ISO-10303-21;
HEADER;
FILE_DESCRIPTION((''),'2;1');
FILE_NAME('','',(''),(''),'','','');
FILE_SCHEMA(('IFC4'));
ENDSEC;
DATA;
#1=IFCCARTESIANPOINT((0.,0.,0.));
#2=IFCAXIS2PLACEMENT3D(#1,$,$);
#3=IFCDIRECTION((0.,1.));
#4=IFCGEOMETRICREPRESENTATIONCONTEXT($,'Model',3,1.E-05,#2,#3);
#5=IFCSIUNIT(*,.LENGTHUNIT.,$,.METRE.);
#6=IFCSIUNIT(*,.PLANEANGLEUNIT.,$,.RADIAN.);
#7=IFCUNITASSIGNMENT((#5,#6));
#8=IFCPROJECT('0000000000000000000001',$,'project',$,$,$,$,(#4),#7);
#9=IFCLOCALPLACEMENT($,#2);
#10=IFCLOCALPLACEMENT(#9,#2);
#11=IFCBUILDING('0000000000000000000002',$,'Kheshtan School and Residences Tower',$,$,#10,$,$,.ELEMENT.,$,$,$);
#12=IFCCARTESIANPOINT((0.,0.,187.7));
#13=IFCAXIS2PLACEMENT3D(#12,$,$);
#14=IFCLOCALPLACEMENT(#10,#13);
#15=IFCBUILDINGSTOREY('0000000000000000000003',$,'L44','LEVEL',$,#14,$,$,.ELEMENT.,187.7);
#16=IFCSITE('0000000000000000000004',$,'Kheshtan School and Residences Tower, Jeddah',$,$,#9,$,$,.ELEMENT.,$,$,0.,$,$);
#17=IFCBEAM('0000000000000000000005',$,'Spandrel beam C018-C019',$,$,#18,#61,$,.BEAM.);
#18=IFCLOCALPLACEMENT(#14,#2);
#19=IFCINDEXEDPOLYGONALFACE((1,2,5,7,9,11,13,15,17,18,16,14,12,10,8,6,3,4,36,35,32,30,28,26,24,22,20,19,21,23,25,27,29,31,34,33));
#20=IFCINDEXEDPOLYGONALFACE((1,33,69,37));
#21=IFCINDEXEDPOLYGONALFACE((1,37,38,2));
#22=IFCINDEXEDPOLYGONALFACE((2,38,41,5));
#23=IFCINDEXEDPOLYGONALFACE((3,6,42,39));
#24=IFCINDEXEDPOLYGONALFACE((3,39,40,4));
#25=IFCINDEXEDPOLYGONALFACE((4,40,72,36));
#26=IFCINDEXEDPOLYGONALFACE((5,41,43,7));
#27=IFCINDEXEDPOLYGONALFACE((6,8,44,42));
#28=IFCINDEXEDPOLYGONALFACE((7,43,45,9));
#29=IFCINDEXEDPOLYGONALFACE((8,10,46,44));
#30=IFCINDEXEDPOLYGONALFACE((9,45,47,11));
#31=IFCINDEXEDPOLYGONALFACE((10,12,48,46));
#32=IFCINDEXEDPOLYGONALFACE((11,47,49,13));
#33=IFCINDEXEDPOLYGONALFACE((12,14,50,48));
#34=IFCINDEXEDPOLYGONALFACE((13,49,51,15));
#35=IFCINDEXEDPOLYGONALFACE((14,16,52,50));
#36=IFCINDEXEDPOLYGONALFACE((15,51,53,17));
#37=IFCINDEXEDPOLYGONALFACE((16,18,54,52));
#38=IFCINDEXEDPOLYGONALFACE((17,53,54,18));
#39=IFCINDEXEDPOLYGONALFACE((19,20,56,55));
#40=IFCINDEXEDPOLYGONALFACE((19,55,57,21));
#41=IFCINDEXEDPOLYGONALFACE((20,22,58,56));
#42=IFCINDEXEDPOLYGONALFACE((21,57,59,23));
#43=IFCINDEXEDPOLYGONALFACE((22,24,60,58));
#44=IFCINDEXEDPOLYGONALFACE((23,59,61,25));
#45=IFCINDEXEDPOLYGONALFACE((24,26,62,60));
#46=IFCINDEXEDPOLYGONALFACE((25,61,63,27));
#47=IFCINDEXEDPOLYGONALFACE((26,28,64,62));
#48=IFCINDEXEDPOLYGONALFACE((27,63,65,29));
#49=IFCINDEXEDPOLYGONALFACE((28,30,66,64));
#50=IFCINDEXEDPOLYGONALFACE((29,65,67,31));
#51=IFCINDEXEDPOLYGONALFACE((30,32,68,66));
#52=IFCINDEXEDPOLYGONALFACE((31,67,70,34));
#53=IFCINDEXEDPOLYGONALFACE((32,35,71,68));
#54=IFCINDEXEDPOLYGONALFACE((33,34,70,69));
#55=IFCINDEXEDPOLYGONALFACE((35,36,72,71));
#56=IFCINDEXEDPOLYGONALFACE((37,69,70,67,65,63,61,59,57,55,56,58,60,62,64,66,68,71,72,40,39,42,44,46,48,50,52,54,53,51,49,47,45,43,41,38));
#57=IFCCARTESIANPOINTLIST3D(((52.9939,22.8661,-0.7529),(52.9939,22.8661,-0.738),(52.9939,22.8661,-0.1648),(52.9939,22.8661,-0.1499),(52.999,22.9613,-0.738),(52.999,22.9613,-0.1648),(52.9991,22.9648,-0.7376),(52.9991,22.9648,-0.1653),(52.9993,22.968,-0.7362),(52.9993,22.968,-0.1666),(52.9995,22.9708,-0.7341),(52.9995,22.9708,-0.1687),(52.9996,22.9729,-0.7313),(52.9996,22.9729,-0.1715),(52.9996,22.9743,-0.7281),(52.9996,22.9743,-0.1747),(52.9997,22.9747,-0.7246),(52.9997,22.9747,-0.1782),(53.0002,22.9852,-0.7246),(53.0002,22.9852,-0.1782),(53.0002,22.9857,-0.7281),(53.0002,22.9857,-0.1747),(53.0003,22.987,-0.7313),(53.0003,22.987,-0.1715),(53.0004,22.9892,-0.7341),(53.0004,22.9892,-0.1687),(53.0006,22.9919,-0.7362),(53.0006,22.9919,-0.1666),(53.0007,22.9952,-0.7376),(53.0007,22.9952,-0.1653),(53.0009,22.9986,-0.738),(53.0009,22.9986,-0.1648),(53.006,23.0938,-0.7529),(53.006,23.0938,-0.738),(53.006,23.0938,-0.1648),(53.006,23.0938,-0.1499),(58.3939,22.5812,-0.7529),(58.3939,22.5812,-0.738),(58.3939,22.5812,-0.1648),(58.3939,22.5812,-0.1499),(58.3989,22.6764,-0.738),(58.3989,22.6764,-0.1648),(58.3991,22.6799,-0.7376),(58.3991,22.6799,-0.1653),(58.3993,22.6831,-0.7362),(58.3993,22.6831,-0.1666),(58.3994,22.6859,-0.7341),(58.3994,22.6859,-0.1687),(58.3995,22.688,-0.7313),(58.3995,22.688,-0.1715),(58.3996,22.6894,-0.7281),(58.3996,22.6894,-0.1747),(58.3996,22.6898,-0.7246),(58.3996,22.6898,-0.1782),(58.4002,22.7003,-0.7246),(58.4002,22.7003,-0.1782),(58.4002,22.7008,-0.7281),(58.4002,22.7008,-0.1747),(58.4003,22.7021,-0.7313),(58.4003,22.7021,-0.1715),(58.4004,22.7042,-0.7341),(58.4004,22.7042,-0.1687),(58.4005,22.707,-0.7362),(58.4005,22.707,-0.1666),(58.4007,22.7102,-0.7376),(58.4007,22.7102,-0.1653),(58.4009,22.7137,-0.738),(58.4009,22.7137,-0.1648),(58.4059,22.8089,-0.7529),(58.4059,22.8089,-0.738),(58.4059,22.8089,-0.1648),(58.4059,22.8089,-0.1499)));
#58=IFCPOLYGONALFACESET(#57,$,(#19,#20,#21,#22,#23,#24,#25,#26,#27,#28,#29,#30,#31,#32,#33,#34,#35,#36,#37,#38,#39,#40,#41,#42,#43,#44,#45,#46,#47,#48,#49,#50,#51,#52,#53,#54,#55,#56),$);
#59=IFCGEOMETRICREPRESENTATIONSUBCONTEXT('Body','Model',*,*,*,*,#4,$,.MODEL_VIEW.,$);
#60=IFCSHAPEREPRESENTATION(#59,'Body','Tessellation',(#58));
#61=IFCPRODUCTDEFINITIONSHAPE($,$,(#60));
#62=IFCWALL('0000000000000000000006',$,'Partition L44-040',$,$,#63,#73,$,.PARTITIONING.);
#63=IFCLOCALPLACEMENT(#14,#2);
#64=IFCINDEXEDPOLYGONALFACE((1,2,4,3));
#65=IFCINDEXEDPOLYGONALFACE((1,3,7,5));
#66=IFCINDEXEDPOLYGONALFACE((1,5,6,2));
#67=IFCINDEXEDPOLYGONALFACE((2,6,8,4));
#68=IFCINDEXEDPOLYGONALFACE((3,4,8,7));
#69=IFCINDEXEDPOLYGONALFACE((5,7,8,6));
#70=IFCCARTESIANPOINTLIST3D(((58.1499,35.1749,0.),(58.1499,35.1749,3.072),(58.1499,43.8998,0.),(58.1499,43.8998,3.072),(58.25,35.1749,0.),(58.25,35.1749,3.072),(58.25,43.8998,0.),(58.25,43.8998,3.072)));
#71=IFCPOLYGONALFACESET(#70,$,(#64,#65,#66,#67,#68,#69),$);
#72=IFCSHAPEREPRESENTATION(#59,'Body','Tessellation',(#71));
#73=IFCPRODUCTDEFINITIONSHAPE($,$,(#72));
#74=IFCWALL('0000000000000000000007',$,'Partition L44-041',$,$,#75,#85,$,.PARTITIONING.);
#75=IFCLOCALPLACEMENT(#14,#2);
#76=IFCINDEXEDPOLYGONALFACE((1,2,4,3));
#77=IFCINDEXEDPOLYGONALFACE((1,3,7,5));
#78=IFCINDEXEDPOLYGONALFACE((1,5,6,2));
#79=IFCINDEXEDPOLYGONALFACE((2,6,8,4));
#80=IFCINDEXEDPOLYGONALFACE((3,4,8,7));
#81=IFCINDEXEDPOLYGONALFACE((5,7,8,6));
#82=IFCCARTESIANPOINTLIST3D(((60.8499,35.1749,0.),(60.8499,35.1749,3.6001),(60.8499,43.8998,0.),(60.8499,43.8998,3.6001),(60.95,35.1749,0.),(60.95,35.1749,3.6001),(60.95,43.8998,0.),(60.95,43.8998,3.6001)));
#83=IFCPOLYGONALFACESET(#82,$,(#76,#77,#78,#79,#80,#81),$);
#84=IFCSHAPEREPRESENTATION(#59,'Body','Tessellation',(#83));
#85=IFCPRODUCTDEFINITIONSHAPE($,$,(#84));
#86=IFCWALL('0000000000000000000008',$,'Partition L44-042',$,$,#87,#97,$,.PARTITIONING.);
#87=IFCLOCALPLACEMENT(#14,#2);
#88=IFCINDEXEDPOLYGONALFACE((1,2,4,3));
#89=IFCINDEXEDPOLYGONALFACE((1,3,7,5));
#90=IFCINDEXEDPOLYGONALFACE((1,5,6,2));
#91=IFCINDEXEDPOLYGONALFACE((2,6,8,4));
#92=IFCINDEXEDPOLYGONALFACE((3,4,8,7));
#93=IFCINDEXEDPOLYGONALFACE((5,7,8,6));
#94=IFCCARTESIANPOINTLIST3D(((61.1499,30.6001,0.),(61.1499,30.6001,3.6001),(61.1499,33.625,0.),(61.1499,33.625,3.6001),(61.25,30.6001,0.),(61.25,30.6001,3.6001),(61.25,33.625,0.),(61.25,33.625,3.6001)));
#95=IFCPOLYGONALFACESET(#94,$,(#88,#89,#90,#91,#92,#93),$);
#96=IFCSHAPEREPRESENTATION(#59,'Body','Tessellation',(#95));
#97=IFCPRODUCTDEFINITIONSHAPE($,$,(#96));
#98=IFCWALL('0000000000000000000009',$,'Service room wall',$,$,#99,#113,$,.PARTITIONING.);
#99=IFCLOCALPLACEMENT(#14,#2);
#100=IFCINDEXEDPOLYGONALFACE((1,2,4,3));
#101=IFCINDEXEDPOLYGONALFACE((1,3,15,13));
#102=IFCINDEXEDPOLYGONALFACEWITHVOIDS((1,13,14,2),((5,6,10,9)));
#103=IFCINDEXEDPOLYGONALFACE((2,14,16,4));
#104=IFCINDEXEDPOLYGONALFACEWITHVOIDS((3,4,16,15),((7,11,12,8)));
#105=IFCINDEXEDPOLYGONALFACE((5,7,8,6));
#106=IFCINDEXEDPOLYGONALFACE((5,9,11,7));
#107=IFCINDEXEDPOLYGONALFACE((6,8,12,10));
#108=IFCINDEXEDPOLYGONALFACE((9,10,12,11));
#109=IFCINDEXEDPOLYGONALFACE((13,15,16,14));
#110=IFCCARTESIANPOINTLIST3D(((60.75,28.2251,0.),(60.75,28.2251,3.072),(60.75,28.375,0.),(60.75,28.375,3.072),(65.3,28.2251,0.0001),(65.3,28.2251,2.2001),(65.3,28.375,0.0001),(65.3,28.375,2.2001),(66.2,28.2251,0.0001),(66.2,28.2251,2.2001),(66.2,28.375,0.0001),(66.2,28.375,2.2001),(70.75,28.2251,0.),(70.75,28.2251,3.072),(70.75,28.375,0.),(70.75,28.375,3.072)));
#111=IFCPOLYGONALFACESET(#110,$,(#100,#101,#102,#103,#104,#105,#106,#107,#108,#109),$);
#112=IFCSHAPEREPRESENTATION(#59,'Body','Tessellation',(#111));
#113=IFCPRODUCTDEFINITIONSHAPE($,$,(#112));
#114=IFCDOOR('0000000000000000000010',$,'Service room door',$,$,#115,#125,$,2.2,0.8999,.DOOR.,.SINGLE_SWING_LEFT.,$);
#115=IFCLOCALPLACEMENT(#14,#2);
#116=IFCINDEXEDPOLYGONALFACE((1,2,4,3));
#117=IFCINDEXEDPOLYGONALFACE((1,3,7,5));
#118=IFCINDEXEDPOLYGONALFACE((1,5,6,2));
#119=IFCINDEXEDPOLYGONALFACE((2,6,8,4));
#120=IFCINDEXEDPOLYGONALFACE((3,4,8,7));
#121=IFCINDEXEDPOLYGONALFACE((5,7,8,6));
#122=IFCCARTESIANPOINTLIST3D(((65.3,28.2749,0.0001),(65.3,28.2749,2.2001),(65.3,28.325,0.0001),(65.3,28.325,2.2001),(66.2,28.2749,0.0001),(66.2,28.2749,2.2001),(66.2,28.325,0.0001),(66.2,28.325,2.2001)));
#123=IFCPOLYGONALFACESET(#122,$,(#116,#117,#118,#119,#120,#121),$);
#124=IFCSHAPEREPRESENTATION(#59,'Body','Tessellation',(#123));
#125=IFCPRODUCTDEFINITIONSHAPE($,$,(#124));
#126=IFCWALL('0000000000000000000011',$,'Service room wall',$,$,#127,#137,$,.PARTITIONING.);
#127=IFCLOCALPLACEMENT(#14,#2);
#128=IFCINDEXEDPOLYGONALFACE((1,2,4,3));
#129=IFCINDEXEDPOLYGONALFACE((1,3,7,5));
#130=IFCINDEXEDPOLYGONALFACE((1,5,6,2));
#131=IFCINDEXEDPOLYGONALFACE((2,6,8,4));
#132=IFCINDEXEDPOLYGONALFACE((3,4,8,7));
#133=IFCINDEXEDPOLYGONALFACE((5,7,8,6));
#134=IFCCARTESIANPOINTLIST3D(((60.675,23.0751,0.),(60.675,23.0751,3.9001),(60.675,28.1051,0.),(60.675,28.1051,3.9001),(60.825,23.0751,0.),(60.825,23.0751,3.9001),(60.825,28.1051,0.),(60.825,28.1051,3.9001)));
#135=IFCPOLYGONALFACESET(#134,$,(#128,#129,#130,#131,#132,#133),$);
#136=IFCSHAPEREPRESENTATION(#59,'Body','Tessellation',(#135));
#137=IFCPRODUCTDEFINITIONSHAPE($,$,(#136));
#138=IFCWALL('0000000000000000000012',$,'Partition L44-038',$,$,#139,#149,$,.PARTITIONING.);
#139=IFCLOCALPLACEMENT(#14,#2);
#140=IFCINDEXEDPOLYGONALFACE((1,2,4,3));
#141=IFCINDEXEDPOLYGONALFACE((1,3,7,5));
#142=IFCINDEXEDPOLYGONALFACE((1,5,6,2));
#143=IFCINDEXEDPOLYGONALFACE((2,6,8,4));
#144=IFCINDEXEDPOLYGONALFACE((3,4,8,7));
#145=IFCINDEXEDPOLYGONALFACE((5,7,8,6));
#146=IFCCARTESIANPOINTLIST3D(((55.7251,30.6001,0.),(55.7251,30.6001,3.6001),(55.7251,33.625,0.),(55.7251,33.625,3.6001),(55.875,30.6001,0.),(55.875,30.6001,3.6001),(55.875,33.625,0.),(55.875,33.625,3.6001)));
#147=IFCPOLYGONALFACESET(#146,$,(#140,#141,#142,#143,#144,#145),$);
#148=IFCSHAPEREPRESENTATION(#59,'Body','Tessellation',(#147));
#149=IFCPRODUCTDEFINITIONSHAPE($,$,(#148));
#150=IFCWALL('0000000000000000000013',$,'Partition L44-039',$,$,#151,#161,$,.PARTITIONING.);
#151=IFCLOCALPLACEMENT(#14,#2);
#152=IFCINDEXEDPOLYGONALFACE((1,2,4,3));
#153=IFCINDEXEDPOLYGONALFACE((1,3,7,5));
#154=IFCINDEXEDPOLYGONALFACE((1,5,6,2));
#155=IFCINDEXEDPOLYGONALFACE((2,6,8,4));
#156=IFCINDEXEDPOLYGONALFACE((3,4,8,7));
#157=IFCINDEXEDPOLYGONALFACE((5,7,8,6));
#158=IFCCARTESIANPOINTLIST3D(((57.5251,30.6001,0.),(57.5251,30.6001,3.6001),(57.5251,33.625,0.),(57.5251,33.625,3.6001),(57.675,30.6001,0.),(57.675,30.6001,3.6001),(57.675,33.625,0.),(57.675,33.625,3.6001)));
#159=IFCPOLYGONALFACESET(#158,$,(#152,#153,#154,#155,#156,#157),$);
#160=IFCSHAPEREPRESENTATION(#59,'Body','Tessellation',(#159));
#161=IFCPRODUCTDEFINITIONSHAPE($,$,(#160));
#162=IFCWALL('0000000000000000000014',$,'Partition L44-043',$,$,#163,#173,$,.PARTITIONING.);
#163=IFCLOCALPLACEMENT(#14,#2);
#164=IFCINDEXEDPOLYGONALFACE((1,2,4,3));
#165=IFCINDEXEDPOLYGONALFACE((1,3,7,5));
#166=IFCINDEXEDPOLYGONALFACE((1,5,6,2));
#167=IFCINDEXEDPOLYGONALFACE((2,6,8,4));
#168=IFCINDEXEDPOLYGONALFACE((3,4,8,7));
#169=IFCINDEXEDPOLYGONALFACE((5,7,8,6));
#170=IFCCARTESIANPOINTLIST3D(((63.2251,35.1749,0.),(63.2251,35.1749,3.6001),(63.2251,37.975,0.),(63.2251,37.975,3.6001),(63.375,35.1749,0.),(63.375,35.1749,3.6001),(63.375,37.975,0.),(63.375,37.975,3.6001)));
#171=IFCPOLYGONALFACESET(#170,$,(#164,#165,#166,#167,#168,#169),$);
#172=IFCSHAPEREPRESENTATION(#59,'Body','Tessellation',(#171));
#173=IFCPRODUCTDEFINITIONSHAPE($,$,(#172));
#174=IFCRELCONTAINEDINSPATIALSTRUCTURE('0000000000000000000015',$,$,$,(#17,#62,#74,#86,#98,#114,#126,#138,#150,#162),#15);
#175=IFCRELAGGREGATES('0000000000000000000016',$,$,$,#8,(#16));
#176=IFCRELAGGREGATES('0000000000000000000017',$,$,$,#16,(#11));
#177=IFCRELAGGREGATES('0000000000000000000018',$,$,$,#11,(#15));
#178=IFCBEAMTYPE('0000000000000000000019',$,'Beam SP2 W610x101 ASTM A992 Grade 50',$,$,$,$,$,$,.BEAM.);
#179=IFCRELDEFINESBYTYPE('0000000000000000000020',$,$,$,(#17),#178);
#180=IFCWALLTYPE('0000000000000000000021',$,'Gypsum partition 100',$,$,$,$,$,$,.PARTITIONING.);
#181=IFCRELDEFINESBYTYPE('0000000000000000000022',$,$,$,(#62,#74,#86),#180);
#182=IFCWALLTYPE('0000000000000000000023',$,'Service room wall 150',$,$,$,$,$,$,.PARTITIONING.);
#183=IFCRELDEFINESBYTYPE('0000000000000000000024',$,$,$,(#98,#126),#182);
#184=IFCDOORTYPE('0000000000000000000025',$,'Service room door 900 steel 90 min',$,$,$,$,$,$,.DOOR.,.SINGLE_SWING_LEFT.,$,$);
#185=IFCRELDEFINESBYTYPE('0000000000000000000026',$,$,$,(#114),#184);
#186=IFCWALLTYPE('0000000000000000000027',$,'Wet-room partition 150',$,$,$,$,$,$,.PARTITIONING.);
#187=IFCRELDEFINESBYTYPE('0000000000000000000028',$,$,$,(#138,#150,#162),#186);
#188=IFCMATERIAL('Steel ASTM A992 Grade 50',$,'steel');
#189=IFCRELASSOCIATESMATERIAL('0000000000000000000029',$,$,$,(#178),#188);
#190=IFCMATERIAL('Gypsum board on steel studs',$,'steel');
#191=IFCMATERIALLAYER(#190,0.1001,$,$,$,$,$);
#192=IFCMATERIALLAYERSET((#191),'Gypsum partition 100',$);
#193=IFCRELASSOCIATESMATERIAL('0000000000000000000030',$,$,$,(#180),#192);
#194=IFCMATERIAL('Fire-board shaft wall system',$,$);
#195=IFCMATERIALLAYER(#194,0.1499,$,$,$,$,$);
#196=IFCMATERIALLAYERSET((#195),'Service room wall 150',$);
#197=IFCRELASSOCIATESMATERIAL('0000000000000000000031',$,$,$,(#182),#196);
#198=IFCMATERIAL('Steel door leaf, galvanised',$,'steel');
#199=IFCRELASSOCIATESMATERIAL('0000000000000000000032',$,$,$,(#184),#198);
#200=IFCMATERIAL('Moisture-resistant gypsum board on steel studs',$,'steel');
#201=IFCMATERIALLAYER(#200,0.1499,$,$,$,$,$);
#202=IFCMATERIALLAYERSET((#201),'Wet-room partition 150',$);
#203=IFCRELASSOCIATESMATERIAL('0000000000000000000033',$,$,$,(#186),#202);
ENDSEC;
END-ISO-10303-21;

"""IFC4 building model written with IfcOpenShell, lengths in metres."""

from ifc_helpers import new_model, si_unit, direction, frame, frame_2d, origin, origin_2d, place, context, subcontext, project, spatial, rectangle, i_section, extrude, source, transform, mapped, material, layer, layer_set, material_profile, profile_set, type_object, element, fill, save


model = new_model("IFC4")

# Units and contexts
model_context = context("Model", 3, precision=1e-05, world=origin(), true_north=direction((0.0, 1.0)))
body_context = subcontext(model_context, "Body", "Model", "MODEL_VIEW")
ifc_project = project(units=[si_unit("LENGTHUNIT", "METRE"), si_unit("PLANEANGLEUNIT", "RADIAN")], contexts=[model_context])

# Site, building, storey
site_placement = place(None, origin())
site = spatial("IfcSite", under=ifc_project, at=site_placement, Name="Kheshtan School and Residences Tower, Jeddah", CompositionType="ELEMENT", RefElevation=0.0)
building_placement = place(site_placement, origin())
building = spatial("IfcBuilding", under=site, at=building_placement, Name="Kheshtan School and Residences Tower", CompositionType="ELEMENT")
storey_placement = place(building_placement, frame((0.0, 0.0, 187.7)))
storey = spatial("IfcBuildingStorey", under=building, at=storey_placement, Name="L44", Description="LEVEL", CompositionType="ELEMENT", Elevation=187.7)

# Shared definitions
ifc_material_1 = material(Name="Steel ASTM A992 Grade 50", Category="steel")

# Beam
ifc_material_profile_1 = material_profile(ifc_material_1, i_section(OverallWidth=0.228, OverallDepth=0.603, WebThickness=0.0105, FlangeThickness=0.0149, FilletRadius=0.0134, at=origin_2d()), Name="W610x101")
ifc_profile_set_1 = profile_set([ifc_material_profile_1], Name="Steel ASTM A992 Grade 50")
beam_type_1 = type_object("IfcBeamType", Name="Beam SP2 W610x101 ASTM A992 Grade 50", PredefinedType="BEAM", material=ifc_profile_set_1)
beam_1_placement = place(storey_placement, frame((58.3999, 22.6951, -0.4514), z_axis=(-0.998611, 0.052689, 0.0), x_axis=(-0.052689, -0.998611, 0.0)))
element("IfcBeam", 1, at=beam_1_placement, inside=storey, type_object=beam_type_1, Name="Spandrel beam C018-C019", PredefinedType="BEAM", context=body_context, shape_type="SweptSolid", body=[
    extrude(i_section(OverallWidth=0.228, OverallDepth=0.603, WebThickness=0.0105, FlangeThickness=0.0149, FilletRadius=0.0134, at=origin_2d()), origin(), (0.0, 0.0, 1.0), 5.4075),
])

# Walls
ifc_material_2 = material(Name="Gypsum board on steel studs", Category="steel")
ifc_layer_1 = layer(ifc_material_2, 0.1001)
ifc_layer_set_1 = layer_set([ifc_layer_1], Name="Gypsum partition 100")
wall_type_1 = type_object("IfcWallType", Name="Gypsum partition 100", PredefinedType="PARTITIONING", material=ifc_layer_set_1)
wall_1_placement = place(storey_placement, frame((58.2, 35.175, 0.0), z_axis=(0.0, 0.0, 1.0), x_axis=(0.0, 1.0, 0.0)))
element("IfcWall", 2, at=wall_1_placement, inside=storey, type_object=wall_type_1, Name="Partition L44-040", PredefinedType="PARTITIONING", context=body_context, shape_type="SweptSolid", body=[
    extrude(rectangle(XDim=8.7249, YDim=0.1001, at=frame_2d((4.3623, 0.0))), origin(), (0.0, 0.0, 1.0), 3.072),
])
wall_2_placement = place(storey_placement, frame((60.8999, 35.175, 0.0), z_axis=(0.0, 0.0, 1.0), x_axis=(0.0, 1.0, 0.0)))
element("IfcWall", 3, at=wall_2_placement, inside=storey, type_object=wall_type_1, Name="Partition L44-041", PredefinedType="PARTITIONING", context=body_context, shape_type="SweptSolid", body=[
    extrude(rectangle(XDim=8.7249, YDim=0.1001, at=frame_2d((4.3623, 0.0))), origin(), (0.0, 0.0, 1.0), 3.6001),
])
wall_3_placement = place(storey_placement, frame((61.2, 30.6001, 0.0), z_axis=(0.0, 0.0, 1.0), x_axis=(0.0, 1.0, 0.0)))
element("IfcWall", 4, at=wall_3_placement, inside=storey, type_object=wall_type_1, Name="Partition L44-042", PredefinedType="PARTITIONING", context=body_context, shape_type="SweptSolid", body=[
    extrude(rectangle(XDim=3.0249, YDim=0.1001, at=frame_2d((1.5125, 0.0))), origin(), (0.0, 0.0, 1.0), 3.6001),
])

# Wall, opening, door
ifc_material_3 = material(Name="Fire-board shaft wall system")
ifc_layer_2 = layer(ifc_material_3, 0.1499)
ifc_layer_set_2 = layer_set([ifc_layer_2], Name="Service room wall 150")
wall_type_2 = type_object("IfcWallType", Name="Service room wall 150", PredefinedType="PARTITIONING", material=ifc_layer_set_2)
wall_4_placement = place(storey_placement, frame((60.75, 28.3, 0.0), z_axis=(0.0, 0.0, 1.0), x_axis=(1.0, 0.0, 0.0)))
wall_4 = element("IfcWall", 5, at=wall_4_placement, inside=storey, type_object=wall_type_2, Name="Service room wall", PredefinedType="PARTITIONING", context=body_context, shape_type="SweptSolid", body=[
    extrude(rectangle(XDim=10.0, YDim=0.1499, at=frame_2d((5.0, 0.0))), origin(), (0.0, 0.0, 1.0), 3.072),
])
opening_placement = place(wall_4_placement, frame((4.55, 0.0, 0.0)))
opening = element("IfcOpeningElement", 6, at=opening_placement, cuts=wall_4, PredefinedType="OPENING", context=body_context, shape_type="SweptSolid", body=[
    extrude(rectangle(XDim=0.8999, YDim=2.2, at=frame_2d((0.45, 1.1001))), frame((0.0, 0.085, 0.0), z_axis=(0.0, -1.0, 0.0), x_axis=(1.0, 0.0, 0.0)), (0.0, 0.0, 1.0), 0.1699),
])
ifc_material_4 = material(Name="Steel door leaf, galvanised", Category="steel")
door_type = type_object("IfcDoorType", Name="Service room door 900 steel 90 min", OperationType="SINGLE_SWING_LEFT", PredefinedType="DOOR", material=ifc_material_4)
shared_shape = source(origin(), body_context, "Body", "SweptSolid", [
    extrude(rectangle(XDim=0.8999, YDim=2.2, at=frame_2d((0.45, 1.1001))), frame((0.0, 0.0249, 0.0), z_axis=(0.0, -1.0, 0.0), x_axis=(1.0, 0.0, 0.0)), (0.0, 0.0, 1.0), 0.05),
])
door_placement = place(opening_placement, origin())
door = element("IfcDoor", 7, at=door_placement, inside=storey, type_object=door_type, Name="Service room door", OperationType="SINGLE_SWING_LEFT", OverallHeight=2.2, OverallWidth=0.8999, PredefinedType="DOOR", context=body_context, shape_type="MappedRepresentation", body=[
    mapped(shared_shape, transform((0.0, 0.0, 0.0), x_axis=(1.0, 0.0, 0.0), y_axis=(0.0, 1.0, 0.0), z_axis=(0.0, 0.0, 1.0), scale=1.0)),
])
fill(opening, door)

# Walls
wall_5_placement = place(storey_placement, frame((60.75, 23.075, 0.0), z_axis=(0.0, 0.0, 1.0), x_axis=(0.0, 1.0, 0.0)))
element("IfcWall", 8, at=wall_5_placement, inside=storey, type_object=wall_type_2, Name="Service room wall", PredefinedType="PARTITIONING", context=body_context, shape_type="SweptSolid", body=[
    extrude(rectangle(XDim=5.03, YDim=0.1499, at=frame_2d((2.5151, 0.0))), origin(), (0.0, 0.0, 1.0), 3.9001),
])
ifc_material_5 = material(Name="Moisture-resistant gypsum board on steel studs", Category="steel")
ifc_layer_3 = layer(ifc_material_5, 0.1499)
ifc_layer_set_3 = layer_set([ifc_layer_3], Name="Wet-room partition 150")
wall_type_3 = type_object("IfcWallType", Name="Wet-room partition 150", PredefinedType="PARTITIONING", material=ifc_layer_set_3)
for number, where, z_axis, x_axis, name in (
    (9, (55.8, 30.6001, 0.0), (0.0, 0.0, 1.0), (0.0, 1.0, 0.0), "Partition L44-038"),
    (10, (57.6001, 30.6001, 0.0), (0.0, 0.0, 1.0), (0.0, 1.0, 0.0), "Partition L44-039"),
):
    element("IfcWall", number, at=place(storey_placement, frame(where, z_axis=z_axis, x_axis=x_axis)), inside=storey, type_object=wall_type_3, Name=name, PredefinedType="PARTITIONING", context=body_context, shape_type="SweptSolid", body=[
        extrude(rectangle(XDim=3.0249, YDim=0.1499, at=frame_2d((1.5125, 0.0))), origin(), (0.0, 0.0, 1.0), 3.6001),
    ])
wall_6_placement = place(storey_placement, frame((63.3, 35.175, 0.0), z_axis=(0.0, 0.0, 1.0), x_axis=(0.0, 1.0, 0.0)))
element("IfcWall", 11, at=wall_6_placement, inside=storey, type_object=wall_type_3, Name="Partition L44-043", PredefinedType="PARTITIONING", context=body_context, shape_type="SweptSolid", body=[
    extrude(rectangle(XDim=2.8, YDim=0.1499, at=frame_2d((1.3999, 0.0))), origin(), (0.0, 0.0, 1.0), 3.6001),
])

save(model, "model.ifc")
